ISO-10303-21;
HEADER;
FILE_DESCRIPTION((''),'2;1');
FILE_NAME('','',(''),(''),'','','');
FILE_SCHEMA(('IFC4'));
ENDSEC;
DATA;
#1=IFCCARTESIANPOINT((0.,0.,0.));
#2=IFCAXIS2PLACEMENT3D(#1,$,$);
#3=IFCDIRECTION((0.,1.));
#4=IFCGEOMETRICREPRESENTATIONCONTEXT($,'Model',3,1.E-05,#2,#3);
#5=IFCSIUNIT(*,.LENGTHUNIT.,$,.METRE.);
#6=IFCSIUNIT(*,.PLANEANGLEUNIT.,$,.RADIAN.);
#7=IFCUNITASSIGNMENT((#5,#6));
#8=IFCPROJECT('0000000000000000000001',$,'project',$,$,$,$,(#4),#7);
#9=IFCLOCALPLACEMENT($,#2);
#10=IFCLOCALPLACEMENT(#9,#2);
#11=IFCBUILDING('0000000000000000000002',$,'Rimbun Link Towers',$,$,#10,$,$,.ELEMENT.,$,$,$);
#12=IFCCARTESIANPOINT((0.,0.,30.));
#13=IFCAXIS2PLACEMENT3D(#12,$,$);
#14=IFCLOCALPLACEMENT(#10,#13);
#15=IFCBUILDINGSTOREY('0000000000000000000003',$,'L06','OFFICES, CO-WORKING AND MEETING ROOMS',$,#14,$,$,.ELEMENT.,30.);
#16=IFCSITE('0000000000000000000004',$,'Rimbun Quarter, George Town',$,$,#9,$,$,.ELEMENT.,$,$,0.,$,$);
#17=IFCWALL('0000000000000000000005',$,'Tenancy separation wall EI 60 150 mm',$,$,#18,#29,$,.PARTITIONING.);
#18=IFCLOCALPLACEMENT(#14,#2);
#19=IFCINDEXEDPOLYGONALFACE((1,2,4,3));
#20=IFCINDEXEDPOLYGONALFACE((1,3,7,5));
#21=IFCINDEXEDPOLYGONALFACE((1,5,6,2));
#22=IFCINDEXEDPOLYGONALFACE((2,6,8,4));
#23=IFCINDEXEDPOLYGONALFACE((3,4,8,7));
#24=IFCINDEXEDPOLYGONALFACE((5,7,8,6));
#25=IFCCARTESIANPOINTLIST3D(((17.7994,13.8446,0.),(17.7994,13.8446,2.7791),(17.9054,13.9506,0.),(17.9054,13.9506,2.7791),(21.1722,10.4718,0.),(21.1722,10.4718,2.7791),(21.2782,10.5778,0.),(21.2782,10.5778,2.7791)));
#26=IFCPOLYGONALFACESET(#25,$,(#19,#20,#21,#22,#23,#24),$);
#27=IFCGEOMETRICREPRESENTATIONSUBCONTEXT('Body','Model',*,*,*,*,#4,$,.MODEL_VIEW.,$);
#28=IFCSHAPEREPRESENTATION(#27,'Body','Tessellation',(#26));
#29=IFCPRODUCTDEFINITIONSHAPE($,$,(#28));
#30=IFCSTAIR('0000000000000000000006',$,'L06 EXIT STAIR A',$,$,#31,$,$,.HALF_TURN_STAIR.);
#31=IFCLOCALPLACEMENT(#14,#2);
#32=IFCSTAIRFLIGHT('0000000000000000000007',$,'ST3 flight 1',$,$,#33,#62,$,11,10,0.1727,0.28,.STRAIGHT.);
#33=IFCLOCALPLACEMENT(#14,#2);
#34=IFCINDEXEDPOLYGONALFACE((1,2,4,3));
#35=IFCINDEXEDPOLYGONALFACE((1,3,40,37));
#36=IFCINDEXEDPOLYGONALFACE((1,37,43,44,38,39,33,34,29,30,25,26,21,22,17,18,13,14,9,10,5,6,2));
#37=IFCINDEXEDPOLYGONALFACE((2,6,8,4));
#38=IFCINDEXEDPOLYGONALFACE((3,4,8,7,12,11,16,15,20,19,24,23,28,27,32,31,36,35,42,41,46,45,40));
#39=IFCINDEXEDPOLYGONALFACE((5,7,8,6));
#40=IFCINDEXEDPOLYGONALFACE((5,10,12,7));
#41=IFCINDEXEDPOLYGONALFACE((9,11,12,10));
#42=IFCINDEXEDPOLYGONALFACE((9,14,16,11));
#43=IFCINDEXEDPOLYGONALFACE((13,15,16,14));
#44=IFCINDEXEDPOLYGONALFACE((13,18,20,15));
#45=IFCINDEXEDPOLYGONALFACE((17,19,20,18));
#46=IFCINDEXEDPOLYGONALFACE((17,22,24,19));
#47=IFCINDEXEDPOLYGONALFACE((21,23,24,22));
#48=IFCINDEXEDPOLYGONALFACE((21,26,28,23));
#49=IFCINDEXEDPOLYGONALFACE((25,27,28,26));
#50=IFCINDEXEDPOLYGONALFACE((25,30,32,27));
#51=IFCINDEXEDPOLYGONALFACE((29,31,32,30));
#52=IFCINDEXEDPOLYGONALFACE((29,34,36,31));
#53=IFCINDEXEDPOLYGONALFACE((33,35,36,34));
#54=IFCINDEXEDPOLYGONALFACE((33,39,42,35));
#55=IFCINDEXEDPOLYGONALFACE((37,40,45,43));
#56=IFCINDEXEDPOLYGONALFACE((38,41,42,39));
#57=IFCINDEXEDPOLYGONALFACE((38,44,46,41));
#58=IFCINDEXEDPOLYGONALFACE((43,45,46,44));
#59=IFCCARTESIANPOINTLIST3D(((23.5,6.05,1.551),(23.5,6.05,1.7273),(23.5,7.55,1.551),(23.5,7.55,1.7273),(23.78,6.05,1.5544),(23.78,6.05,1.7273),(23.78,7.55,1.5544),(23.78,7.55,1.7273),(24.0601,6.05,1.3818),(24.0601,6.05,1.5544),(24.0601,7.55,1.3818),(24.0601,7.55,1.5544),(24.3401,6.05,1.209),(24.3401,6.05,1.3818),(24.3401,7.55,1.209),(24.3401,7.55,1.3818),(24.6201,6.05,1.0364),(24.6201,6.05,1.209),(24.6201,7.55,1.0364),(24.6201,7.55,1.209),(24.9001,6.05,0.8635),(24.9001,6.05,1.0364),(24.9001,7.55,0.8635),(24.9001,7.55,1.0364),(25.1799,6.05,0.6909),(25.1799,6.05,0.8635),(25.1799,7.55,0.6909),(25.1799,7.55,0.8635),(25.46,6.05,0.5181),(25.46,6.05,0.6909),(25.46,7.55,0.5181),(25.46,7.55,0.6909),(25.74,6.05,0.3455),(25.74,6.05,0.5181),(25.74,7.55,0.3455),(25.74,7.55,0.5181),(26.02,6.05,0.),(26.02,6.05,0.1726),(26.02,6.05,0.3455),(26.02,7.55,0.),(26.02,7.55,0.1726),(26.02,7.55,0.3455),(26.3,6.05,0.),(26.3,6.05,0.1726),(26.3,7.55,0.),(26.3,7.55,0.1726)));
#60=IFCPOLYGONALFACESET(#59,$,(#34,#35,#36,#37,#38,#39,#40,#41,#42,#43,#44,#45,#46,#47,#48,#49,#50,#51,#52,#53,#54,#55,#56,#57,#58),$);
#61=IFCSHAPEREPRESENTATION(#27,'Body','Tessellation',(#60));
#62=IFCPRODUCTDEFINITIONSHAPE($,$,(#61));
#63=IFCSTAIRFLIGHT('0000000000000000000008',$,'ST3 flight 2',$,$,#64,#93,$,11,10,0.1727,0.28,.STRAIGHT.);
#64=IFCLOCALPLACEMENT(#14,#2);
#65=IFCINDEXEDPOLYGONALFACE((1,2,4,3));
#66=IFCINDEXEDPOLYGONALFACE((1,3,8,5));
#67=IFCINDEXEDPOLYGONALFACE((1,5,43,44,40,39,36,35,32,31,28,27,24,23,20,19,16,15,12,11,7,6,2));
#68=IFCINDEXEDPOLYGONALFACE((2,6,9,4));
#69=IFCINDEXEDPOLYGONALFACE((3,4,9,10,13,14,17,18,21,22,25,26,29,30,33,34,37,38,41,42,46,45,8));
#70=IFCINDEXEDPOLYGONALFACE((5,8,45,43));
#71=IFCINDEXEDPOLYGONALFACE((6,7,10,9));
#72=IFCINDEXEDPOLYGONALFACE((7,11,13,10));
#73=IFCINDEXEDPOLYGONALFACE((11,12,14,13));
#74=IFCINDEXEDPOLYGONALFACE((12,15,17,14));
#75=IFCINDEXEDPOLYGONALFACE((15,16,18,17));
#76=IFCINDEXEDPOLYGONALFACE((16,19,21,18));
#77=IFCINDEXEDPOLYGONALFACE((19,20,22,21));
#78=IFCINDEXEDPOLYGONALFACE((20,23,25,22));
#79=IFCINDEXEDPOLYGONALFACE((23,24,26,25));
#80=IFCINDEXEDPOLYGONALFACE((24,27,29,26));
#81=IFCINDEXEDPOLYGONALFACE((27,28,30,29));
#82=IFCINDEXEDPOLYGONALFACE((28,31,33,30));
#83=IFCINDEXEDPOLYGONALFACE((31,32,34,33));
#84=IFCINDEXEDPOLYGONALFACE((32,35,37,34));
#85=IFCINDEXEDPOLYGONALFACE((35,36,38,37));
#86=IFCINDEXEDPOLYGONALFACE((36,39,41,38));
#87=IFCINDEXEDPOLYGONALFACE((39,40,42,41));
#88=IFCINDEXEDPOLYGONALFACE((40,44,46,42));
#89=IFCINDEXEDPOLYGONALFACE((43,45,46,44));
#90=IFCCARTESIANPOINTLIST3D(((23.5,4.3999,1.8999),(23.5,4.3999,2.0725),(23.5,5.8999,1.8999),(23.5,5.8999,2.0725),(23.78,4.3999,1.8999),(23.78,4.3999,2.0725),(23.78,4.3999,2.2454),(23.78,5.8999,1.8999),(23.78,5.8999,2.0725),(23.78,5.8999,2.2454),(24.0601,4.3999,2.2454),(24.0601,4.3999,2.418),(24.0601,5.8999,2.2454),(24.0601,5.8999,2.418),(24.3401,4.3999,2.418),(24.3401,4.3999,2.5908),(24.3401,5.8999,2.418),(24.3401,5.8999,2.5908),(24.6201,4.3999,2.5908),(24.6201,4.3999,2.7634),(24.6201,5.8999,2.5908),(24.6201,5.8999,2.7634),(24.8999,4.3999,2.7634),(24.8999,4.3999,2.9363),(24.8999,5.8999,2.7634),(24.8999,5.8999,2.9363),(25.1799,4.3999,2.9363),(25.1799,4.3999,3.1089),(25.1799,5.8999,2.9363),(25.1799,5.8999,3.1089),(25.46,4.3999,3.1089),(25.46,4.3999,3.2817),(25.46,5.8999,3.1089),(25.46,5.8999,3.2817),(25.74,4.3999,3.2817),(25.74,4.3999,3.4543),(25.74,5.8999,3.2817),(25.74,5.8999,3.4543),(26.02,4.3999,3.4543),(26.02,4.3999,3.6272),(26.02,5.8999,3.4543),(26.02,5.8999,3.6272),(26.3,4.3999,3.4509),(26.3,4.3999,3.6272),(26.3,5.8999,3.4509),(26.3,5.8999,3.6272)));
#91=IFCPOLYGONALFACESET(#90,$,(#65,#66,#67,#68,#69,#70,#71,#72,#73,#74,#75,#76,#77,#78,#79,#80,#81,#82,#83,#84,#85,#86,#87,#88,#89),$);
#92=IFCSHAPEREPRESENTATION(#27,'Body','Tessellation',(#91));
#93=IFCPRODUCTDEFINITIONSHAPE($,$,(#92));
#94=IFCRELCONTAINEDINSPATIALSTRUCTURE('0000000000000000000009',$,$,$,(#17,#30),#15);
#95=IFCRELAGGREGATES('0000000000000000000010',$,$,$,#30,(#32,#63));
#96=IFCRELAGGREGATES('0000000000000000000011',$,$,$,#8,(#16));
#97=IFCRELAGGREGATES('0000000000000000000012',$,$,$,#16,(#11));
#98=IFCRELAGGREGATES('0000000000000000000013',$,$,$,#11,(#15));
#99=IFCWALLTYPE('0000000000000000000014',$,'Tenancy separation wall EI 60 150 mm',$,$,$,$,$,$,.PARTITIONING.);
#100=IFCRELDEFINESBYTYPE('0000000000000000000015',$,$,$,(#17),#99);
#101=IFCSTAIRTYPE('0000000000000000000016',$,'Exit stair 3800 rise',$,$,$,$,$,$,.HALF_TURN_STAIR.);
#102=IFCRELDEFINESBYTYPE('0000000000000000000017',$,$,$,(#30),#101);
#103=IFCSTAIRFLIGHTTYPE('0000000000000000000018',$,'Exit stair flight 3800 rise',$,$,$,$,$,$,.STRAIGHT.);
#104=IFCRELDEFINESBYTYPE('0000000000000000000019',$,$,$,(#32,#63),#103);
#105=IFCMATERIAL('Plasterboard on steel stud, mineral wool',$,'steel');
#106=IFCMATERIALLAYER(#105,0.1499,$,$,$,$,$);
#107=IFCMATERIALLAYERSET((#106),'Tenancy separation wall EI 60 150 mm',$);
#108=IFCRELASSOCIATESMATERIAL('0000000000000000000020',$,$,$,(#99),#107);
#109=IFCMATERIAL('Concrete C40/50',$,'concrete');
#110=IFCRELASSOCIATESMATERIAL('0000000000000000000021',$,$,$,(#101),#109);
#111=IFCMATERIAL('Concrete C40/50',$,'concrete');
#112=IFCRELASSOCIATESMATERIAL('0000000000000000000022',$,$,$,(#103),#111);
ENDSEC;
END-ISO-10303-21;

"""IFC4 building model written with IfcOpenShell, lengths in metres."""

from ifc_helpers import new_model, si_unit, direction, frame, frame_2d, origin, place, context, subcontext, project, spatial, polyline, rectangle, outline, extrude, material, layer, layer_set, type_object, element, aggregate, save


model = new_model("IFC4")

# Units and contexts
model_context = context("Model", 3, precision=1e-05, world=origin(), true_north=direction((0.0, 1.0)))
body_context = subcontext(model_context, "Body", "Model", "MODEL_VIEW")
ifc_project = project(units=[si_unit("LENGTHUNIT", "METRE"), si_unit("PLANEANGLEUNIT", "RADIAN")], contexts=[model_context])

# Site, building, storey
site_placement = place(None, origin())
site = spatial("IfcSite", under=ifc_project, at=site_placement, Name="Rimbun Quarter, George Town", CompositionType="ELEMENT", RefElevation=0.0)
building_placement = place(site_placement, origin())
building = spatial("IfcBuilding", under=site, at=building_placement, Name="Rimbun Link Towers", CompositionType="ELEMENT")
storey_placement = place(building_placement, frame((0.0, 0.0, 30.0)))
storey = spatial("IfcBuildingStorey", under=building, at=storey_placement, Name="L06", Description="OFFICES, CO-WORKING AND MEETING ROOMS", CompositionType="ELEMENT", Elevation=30.0)

# Wall
ifc_material_1 = material(Name="Plasterboard on steel stud, mineral wool", Category="steel")
ifc_layer_1 = layer(ifc_material_1, 0.1499)
ifc_layer_set_1 = layer_set([ifc_layer_1], Name="Tenancy separation wall EI 60 150 mm")
wall_type_1 = type_object("IfcWallType", Name="Tenancy separation wall EI 60 150 mm", PredefinedType="PARTITIONING", material=ifc_layer_set_1)
wall_1_placement = place(storey_placement, frame((21.2251, 10.5249, 0.0), z_axis=(0.0, 0.0, 1.0), x_axis=(-0.707107, 0.707107, 0.0)))
element("IfcWall", 1, at=wall_1_placement, inside=storey, type_object=wall_type_1, Name="Tenancy separation wall EI 60 150 mm", PredefinedType="PARTITIONING", context=body_context, shape_type="SweptSolid", body=[
    extrude(rectangle(XDim=4.7698, YDim=0.1499, at=frame_2d((2.3848, 0.0))), origin(), (0.0, 0.0, 1.0), 2.7791),
])

# Stair, stair flights
ifc_material_2 = material(Name="Concrete C40/50", Category="concrete")
stair_type = type_object("IfcStairType", Name="Exit stair 3800 rise", PredefinedType="HALF_TURN_STAIR", material=ifc_material_2)
stair_placement = place(storey_placement, origin())
stair = element("IfcStair", 2, at=stair_placement, inside=storey, type_object=stair_type, Name="L06 EXIT STAIR A", PredefinedType="HALF_TURN_STAIR")
ifc_material_3 = material(Name="Concrete C40/50", Category="concrete")
stair_flight_type = type_object("IfcStairFlightType", Name="Exit stair flight 3800 rise", PredefinedType="STRAIGHT", material=ifc_material_3)
stair_flight_1_placement = place(storey_placement, frame((26.3, 6.8, 0.0), z_axis=(0.0, 0.0, 1.0), x_axis=(-1.0, 0.0, 0.0)))
stair_flight_1 = element("IfcStairFlight", 3, at=stair_flight_1_placement, type_object=stair_flight_type, Name="ST3 flight 1", NumberOfRisers=11, NumberOfTreads=10, PredefinedType="STRAIGHT", RiserHeight=0.1727, TreadLength=0.28, context=body_context, shape_type="SweptSolid", body=[
    extrude(outline(polyline([(0.0, 0.0), (0.0, 0.1726), (0.28, 0.1726), (0.28, 0.3455), (0.5601, 0.3455), (0.5601, 0.5181), (0.8401, 0.5181), (0.8401, 0.6909), (1.1201, 0.6909), (1.1201, 0.8635), (1.3999, 0.8635), (1.3999, 1.0364), (1.6799, 1.0364), (1.6799, 1.209), (1.96, 1.209), (1.96, 1.3818), (2.24, 1.3818), (2.24, 1.5544), (2.52, 1.5544), (2.52, 1.7273), (2.8, 1.7273), (2.8, 1.8999), (2.8, 1.551), (0.28, 0.0), (0.0, 0.0)])), frame((0.0, 0.75, 0.0), z_axis=(0.0, -1.0, 0.0), x_axis=(1.0, 0.0, 0.0)), (0.0, 0.0, 1.0), 1.5),
])
stair_flight_2_placement = place(storey_placement, frame((23.5, 5.1499, 1.8999), z_axis=(0.0, 0.0, 1.0), x_axis=(1.0, 0.0, 0.0)))
stair_flight_2 = element("IfcStairFlight", 4, at=stair_flight_2_placement, type_object=stair_flight_type, Name="ST3 flight 2", NumberOfRisers=11, NumberOfTreads=10, PredefinedType="STRAIGHT", RiserHeight=0.1727, TreadLength=0.28, context=body_context, shape_type="SweptSolid", body=[
    extrude(outline(polyline([(0.0, 0.0), (0.0, 0.1726), (0.28, 0.1726), (0.28, 0.3455), (0.5601, 0.3455), (0.5601, 0.5181), (0.8401, 0.5181), (0.8401, 0.6909), (1.1201, 0.6909), (1.1201, 0.8635), (1.3999, 0.8635), (1.3999, 1.0364), (1.6799, 1.0364), (1.6799, 1.209), (1.96, 1.209), (1.96, 1.3818), (2.24, 1.3818), (2.24, 1.5544), (2.52, 1.5544), (2.52, 1.7273), (2.8, 1.7273), (2.8, 1.8999), (2.8, 1.551), (0.28, 0.0), (0.0, 0.0)])), frame((0.0, 0.75, 0.0), z_axis=(0.0, -1.0, 0.0), x_axis=(1.0, 0.0, 0.0)), (0.0, 0.0, 1.0), 1.5),
])
aggregate(stair, [stair_flight_1, stair_flight_2])

save(model, "model.ifc")
